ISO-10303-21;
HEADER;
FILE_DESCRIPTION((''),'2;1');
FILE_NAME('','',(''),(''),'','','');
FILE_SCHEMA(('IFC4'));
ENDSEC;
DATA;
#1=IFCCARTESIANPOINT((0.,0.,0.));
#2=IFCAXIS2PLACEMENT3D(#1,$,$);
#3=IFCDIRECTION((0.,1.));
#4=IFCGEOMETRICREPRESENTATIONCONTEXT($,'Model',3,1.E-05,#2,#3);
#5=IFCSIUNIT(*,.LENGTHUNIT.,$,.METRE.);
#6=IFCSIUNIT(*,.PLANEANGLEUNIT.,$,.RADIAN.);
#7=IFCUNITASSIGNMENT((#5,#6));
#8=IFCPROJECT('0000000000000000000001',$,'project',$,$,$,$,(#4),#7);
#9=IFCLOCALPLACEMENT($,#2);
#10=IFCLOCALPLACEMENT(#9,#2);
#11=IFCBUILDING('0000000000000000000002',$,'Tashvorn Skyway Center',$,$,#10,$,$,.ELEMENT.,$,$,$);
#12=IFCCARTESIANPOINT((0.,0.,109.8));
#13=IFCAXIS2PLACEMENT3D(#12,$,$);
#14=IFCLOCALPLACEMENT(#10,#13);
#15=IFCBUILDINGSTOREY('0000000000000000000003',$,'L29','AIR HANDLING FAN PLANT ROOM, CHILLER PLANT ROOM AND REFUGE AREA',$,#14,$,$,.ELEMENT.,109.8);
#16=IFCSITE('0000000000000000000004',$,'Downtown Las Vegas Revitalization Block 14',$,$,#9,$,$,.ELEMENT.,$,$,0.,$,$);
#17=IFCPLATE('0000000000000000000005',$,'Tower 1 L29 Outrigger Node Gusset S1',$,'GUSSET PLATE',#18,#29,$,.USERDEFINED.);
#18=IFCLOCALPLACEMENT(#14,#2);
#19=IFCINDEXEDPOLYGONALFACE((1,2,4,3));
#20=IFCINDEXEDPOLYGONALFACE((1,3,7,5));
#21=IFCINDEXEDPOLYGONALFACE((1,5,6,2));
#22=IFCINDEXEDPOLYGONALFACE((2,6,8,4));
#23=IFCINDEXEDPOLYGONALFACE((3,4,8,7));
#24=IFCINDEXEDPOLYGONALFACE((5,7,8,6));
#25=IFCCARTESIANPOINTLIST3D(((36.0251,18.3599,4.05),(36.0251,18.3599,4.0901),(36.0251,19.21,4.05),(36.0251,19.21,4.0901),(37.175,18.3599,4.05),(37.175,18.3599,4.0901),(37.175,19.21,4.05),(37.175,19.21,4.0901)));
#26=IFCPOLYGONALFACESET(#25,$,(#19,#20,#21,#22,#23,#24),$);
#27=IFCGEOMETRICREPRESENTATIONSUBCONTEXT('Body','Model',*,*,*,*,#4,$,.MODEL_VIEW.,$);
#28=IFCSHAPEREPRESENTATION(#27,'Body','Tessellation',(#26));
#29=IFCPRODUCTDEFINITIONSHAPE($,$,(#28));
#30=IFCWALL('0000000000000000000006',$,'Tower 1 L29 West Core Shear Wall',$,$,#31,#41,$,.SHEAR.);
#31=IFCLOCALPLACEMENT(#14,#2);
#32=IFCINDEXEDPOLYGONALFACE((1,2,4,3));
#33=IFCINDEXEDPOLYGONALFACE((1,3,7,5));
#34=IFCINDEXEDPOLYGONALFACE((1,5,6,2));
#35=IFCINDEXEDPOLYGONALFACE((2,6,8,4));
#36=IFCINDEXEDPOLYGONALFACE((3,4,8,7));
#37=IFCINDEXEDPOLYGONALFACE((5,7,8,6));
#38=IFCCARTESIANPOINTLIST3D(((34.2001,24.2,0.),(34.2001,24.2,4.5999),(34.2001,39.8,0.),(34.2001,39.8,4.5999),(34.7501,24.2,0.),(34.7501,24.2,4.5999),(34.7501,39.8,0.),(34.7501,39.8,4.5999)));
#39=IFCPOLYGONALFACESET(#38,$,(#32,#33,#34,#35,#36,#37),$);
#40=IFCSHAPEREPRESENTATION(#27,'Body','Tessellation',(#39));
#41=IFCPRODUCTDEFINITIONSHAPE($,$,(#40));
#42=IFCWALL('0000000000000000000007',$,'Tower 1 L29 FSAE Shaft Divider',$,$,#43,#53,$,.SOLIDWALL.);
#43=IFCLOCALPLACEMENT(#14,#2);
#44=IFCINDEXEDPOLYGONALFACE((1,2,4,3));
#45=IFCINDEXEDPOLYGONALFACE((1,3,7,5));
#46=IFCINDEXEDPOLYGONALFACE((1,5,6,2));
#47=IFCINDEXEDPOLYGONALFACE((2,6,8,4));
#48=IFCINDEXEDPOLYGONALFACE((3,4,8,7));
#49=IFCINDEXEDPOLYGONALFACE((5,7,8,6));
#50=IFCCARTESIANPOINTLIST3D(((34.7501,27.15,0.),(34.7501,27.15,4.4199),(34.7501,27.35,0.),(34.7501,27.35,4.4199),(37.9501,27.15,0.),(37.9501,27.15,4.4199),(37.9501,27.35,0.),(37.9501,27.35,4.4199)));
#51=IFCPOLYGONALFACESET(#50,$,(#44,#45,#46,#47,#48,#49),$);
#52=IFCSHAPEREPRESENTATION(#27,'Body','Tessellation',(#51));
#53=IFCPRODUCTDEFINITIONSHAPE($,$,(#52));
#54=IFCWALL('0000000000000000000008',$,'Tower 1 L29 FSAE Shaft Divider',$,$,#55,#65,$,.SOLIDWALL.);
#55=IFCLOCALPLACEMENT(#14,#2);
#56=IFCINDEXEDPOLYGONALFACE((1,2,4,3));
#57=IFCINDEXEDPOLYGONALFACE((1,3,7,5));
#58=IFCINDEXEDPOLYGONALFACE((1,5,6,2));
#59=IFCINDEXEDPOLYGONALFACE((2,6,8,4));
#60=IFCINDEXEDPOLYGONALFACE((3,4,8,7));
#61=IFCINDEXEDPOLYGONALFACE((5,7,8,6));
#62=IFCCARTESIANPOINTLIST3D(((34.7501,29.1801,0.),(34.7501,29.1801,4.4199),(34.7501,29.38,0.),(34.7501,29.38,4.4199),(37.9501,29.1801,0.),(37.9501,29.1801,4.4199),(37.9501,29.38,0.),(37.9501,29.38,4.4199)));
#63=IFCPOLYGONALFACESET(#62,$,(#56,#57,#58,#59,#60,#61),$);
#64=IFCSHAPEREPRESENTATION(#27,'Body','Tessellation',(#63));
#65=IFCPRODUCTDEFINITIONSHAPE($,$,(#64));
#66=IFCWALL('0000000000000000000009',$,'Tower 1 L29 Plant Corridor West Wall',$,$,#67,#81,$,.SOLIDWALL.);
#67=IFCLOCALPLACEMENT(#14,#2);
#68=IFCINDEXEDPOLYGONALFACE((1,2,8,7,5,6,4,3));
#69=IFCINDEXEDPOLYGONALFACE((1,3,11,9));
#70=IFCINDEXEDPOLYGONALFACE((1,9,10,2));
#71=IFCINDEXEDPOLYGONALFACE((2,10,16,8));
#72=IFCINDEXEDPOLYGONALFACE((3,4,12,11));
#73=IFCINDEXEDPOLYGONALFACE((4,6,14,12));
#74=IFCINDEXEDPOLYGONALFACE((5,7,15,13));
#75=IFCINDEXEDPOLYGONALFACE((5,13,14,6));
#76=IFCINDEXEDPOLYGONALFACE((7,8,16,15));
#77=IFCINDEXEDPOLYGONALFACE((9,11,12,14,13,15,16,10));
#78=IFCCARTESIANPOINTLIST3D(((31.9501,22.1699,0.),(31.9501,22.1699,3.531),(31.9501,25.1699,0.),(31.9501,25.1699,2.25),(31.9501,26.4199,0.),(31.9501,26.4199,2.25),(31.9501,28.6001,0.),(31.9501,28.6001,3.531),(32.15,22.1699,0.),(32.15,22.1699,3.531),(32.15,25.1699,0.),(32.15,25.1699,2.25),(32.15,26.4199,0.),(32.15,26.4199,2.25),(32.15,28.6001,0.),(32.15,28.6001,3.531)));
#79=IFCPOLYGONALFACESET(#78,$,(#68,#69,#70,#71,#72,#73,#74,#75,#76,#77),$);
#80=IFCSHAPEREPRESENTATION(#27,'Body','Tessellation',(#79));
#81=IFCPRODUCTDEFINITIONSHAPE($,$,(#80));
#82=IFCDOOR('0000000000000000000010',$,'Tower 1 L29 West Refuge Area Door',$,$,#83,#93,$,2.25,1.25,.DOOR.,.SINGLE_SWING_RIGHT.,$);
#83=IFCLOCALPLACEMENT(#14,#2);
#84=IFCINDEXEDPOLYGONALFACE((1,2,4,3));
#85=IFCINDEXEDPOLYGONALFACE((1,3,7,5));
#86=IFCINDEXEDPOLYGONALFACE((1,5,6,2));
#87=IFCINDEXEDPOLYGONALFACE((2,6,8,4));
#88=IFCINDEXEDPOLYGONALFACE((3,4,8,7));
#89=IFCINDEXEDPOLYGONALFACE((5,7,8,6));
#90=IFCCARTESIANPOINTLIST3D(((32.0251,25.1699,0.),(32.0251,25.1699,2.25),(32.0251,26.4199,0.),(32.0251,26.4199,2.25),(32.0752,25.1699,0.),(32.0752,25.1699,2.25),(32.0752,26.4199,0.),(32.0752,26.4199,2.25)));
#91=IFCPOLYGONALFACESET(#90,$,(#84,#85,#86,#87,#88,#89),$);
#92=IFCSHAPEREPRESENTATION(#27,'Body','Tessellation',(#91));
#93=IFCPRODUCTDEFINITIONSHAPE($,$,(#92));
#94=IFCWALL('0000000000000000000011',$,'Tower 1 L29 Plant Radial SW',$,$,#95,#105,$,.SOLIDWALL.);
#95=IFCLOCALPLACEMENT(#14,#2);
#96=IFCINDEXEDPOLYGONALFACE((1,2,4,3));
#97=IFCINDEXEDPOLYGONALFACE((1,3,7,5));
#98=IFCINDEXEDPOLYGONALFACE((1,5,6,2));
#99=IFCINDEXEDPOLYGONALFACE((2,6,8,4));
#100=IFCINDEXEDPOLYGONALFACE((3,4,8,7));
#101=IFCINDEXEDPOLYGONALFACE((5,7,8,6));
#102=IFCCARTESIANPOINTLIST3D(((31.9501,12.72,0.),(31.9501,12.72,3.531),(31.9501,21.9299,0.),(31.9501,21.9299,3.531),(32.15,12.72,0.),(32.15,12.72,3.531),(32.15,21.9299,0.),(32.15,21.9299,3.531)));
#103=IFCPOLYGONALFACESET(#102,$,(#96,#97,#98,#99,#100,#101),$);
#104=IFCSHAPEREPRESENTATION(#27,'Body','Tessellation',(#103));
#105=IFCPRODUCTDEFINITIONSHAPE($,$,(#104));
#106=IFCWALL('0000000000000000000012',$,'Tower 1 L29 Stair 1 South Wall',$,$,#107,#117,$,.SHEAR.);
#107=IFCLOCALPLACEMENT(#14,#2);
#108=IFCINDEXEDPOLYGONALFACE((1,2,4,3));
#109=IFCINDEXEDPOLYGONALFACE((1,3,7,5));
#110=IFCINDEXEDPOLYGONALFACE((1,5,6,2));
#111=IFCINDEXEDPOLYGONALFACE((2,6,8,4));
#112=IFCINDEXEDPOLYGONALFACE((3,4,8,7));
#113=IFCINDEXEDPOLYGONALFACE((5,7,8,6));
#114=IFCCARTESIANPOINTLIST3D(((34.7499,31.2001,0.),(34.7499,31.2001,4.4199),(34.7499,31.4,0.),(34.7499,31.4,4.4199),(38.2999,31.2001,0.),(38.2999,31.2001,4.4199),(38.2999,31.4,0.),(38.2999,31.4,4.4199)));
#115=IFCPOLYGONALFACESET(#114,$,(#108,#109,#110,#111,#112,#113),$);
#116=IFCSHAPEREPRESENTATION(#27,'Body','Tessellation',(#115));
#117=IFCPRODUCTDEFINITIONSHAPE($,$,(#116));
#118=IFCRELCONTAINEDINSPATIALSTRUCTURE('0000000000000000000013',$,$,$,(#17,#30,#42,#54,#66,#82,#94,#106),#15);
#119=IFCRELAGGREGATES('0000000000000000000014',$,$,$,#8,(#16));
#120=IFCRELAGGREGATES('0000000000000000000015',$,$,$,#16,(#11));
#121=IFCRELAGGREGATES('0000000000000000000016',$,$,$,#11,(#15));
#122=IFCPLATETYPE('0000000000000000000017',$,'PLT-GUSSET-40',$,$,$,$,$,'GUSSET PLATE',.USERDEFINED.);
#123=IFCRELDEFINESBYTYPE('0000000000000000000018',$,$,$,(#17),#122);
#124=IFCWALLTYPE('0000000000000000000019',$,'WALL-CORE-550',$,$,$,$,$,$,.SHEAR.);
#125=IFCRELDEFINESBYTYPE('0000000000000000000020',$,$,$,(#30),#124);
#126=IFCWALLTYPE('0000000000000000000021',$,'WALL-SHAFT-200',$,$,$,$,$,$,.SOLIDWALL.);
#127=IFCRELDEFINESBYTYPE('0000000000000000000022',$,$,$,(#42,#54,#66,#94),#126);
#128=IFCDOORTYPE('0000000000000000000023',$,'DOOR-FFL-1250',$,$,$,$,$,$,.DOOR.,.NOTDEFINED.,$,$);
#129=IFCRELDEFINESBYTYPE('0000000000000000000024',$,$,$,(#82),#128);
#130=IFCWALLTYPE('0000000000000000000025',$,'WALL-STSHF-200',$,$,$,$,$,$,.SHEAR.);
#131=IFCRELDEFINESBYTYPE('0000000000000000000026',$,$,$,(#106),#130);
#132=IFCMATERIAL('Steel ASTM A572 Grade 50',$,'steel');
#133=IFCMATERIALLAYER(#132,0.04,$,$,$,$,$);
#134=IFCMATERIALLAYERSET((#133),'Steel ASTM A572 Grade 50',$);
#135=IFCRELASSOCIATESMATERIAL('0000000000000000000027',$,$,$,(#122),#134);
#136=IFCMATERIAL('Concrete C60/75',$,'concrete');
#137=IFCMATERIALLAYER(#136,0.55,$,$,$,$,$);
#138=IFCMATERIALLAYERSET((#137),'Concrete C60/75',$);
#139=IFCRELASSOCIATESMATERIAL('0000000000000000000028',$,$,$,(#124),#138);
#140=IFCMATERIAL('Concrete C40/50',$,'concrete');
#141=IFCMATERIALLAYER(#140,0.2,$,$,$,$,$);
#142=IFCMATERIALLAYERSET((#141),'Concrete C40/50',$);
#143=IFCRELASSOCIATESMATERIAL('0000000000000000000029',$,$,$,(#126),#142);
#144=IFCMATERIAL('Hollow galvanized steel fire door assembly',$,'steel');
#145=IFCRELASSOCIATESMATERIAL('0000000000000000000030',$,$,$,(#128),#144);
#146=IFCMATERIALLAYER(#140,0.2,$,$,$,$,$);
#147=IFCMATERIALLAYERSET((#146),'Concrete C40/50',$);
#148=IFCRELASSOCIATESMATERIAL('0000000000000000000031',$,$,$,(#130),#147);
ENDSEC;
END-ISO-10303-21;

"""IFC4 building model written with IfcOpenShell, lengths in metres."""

from ifc_helpers import new_model, si_unit, direction, frame, frame_2d, origin, origin_2d, place, context, subcontext, project, spatial, rectangle, extrude, material, layer, layer_set, type_object, element, fill, save


model = new_model("IFC4")

# Units and contexts
model_context = context("Model", 3, precision=1e-05, world=origin(), true_north=direction((0.0, 1.0)))
body_context = subcontext(model_context, "Body", "Model", "MODEL_VIEW")
ifc_project = project(units=[si_unit("LENGTHUNIT", "METRE"), si_unit("PLANEANGLEUNIT", "RADIAN")], contexts=[model_context])

# Site, building, storey
site_placement = place(None, origin())
site = spatial("IfcSite", under=ifc_project, at=site_placement, Name="Downtown Las Vegas Revitalization Block 14", CompositionType="ELEMENT", RefElevation=0.0)
building_placement = place(site_placement, origin())
building = spatial("IfcBuilding", under=site, at=building_placement, Name="Tashvorn Skyway Center", CompositionType="ELEMENT")
storey_placement = place(building_placement, frame((0.0, 0.0, 109.8)))
storey = spatial("IfcBuildingStorey", under=building, at=storey_placement, Name="L29", Description="AIR HANDLING FAN PLANT ROOM, CHILLER PLANT ROOM AND REFUGE AREA", CompositionType="ELEMENT", Elevation=109.8)

# Shared definitions
ifc_material_1 = material(Name="Steel ASTM A572 Grade 50", Category="steel")

# Plate
ifc_layer_1 = layer(ifc_material_1, 0.04)
ifc_layer_set_1 = layer_set([ifc_layer_1], Name="Steel ASTM A572 Grade 50")
plate_type_1 = type_object("IfcPlateType", Name="PLT-GUSSET-40", ElementType="GUSSET PLATE", PredefinedType="USERDEFINED", material=ifc_layer_set_1)
plate_1_placement = place(storey_placement, frame((36.6001, 18.7849, 4.05), z_axis=(0.0, 0.0, 1.0), x_axis=(1.0, 0.0, 0.0)))
element("IfcPlate", 1, at=plate_1_placement, inside=storey, type_object=plate_type_1, Name="Tower 1 L29 Outrigger Node Gusset S1", ObjectType="GUSSET PLATE", PredefinedType="USERDEFINED", context=body_context, shape_type="SweptSolid", body=[
    extrude(rectangle(XDim=1.1499, YDim=0.8501, at=origin_2d()), origin(), (0.0, 0.0, 1.0), 0.04),
])

# Walls
ifc_material_2 = material(Name="Concrete C60/75", Category="concrete")
ifc_layer_2 = layer(ifc_material_2, 0.55)
ifc_layer_set_2 = layer_set([ifc_layer_2], Name="Concrete C60/75")
wall_type_1 = type_object("IfcWallType", Name="WALL-CORE-550", PredefinedType="SHEAR", material=ifc_layer_set_2)
wall_1_placement = place(storey_placement, frame((34.4751, 24.2, 0.0), z_axis=(0.0, 0.0, 1.0), x_axis=(0.0, 1.0, 0.0)))
element("IfcWall", 2, at=wall_1_placement, inside=storey, type_object=wall_type_1, Name="Tower 1 L29 West Core Shear Wall", PredefinedType="SHEAR", context=body_context, shape_type="SweptSolid", body=[
    extrude(rectangle(XDim=15.6001, YDim=0.55, at=frame_2d((7.8, 0.0))), origin(), (0.0, 0.0, 1.0), 4.5999),
])
ifc_material_3 = material(Name="Concrete C40/50", Category="concrete")
ifc_layer_3 = layer(ifc_material_3, 0.2)
ifc_layer_set_3 = layer_set([ifc_layer_3], Name="Concrete C40/50")
wall_type_2 = type_object("IfcWallType", Name="WALL-SHAFT-200", PredefinedType="SOLIDWALL", material=ifc_layer_set_3)
for number, where, z_axis, x_axis, name in (
    (3, (34.75, 27.25, 0.0), (0.0, 0.0, 1.0), (1.0, 0.0, 0.0), "Tower 1 L29 FSAE Shaft Divider"),
    (4, (34.75, 29.28, 0.0), (0.0, 0.0, 1.0), (1.0, 0.0, 0.0), "Tower 1 L29 FSAE Shaft Divider"),
):
    element("IfcWall", number, at=place(storey_placement, frame(where, z_axis=z_axis, x_axis=x_axis)), inside=storey, type_object=wall_type_2, Name=name, PredefinedType="SOLIDWALL", context=body_context, shape_type="SweptSolid", body=[
        extrude(rectangle(XDim=3.2, YDim=0.2, at=frame_2d((1.6001, 0.0))), origin(), (0.0, 0.0, 1.0), 4.4199),
    ])

# Wall, opening, door
wall_2_placement = place(storey_placement, frame((32.05, 22.1699, 0.0), z_axis=(0.0, 0.0, 1.0), x_axis=(0.0, 1.0, 0.0)))
wall_2 = element("IfcWall", 5, at=wall_2_placement, inside=storey, type_object=wall_type_2, Name="Tower 1 L29 Plant Corridor West Wall", PredefinedType="SOLIDWALL", context=body_context, shape_type="SweptSolid", body=[
    extrude(rectangle(XDim=6.4302, YDim=0.2, at=frame_2d((3.2151, 0.0))), origin(), (0.0, 0.0, 1.0), 3.531),
])
opening_1_placement = place(wall_2_placement, frame((3.0, 0.0, 0.0)))
opening_1 = element("IfcOpeningElement", 6, at=opening_1_placement, cuts=wall_2, PredefinedType="OPENING", context=body_context, shape_type="SweptSolid", body=[
    extrude(rectangle(XDim=1.25, YDim=2.25, at=frame_2d((0.625, 1.125))), frame((0.0, 0.1099, 0.0), z_axis=(0.0, -1.0, 0.0), x_axis=(1.0, 0.0, 0.0)), (0.0, 0.0, 1.0), 0.22),
])
ifc_material_4 = material(Name="Hollow galvanized steel fire door assembly", Category="steel")
door_type_1 = type_object("IfcDoorType", Name="DOOR-FFL-1250", OperationType="NOTDEFINED", PredefinedType="DOOR", material=ifc_material_4)
door_1_placement = place(opening_1_placement, origin())
door_1 = element("IfcDoor", 7, at=door_1_placement, inside=storey, type_object=door_type_1, Name="Tower 1 L29 West Refuge Area Door", OperationType="SINGLE_SWING_RIGHT", OverallHeight=2.25, OverallWidth=1.25, PredefinedType="DOOR", context=body_context, shape_type="SweptSolid", body=[
    extrude(rectangle(XDim=1.25, YDim=2.25, at=frame_2d((0.625, 1.125))), frame((0.0, 0.0249, 0.0), z_axis=(0.0, -1.0, 0.0), x_axis=(1.0, 0.0, 0.0)), (0.0, 0.0, 1.0), 0.05),
])
fill(opening_1, door_1)

# Walls
wall_3_placement = place(storey_placement, frame((32.05, 21.9299, 0.0), z_axis=(0.0, 0.0, 1.0), x_axis=(0.0, -1.0, 0.0)))
element("IfcWall", 8, at=wall_3_placement, inside=storey, type_object=wall_type_2, Name="Tower 1 L29 Plant Radial SW", PredefinedType="SOLIDWALL", context=body_context, shape_type="SweptSolid", body=[
    extrude(rectangle(XDim=9.21, YDim=0.2, at=frame_2d((4.605, 0.0))), origin(), (0.0, 0.0, 1.0), 3.531),
])
ifc_layer_4 = layer(ifc_material_3, 0.2)
ifc_layer_set_4 = layer_set([ifc_layer_4], Name="Concrete C40/50")
wall_type_3 = type_object("IfcWallType", Name="WALL-STSHF-200", PredefinedType="SHEAR", material=ifc_layer_set_4)
wall_4_placement = place(storey_placement, frame((34.75, 31.3, 0.0), z_axis=(0.0, 0.0, 1.0), x_axis=(1.0, 0.0, 0.0)))
element("IfcWall", 9, at=wall_4_placement, inside=storey, type_object=wall_type_3, Name="Tower 1 L29 Stair 1 South Wall", PredefinedType="SHEAR", context=body_context, shape_type="SweptSolid", body=[
    extrude(rectangle(XDim=3.55, YDim=0.2, at=frame_2d((1.7749, 0.0))), origin(), (0.0, 0.0, 1.0), 4.4199),
])

save(model, "model.ifc")
